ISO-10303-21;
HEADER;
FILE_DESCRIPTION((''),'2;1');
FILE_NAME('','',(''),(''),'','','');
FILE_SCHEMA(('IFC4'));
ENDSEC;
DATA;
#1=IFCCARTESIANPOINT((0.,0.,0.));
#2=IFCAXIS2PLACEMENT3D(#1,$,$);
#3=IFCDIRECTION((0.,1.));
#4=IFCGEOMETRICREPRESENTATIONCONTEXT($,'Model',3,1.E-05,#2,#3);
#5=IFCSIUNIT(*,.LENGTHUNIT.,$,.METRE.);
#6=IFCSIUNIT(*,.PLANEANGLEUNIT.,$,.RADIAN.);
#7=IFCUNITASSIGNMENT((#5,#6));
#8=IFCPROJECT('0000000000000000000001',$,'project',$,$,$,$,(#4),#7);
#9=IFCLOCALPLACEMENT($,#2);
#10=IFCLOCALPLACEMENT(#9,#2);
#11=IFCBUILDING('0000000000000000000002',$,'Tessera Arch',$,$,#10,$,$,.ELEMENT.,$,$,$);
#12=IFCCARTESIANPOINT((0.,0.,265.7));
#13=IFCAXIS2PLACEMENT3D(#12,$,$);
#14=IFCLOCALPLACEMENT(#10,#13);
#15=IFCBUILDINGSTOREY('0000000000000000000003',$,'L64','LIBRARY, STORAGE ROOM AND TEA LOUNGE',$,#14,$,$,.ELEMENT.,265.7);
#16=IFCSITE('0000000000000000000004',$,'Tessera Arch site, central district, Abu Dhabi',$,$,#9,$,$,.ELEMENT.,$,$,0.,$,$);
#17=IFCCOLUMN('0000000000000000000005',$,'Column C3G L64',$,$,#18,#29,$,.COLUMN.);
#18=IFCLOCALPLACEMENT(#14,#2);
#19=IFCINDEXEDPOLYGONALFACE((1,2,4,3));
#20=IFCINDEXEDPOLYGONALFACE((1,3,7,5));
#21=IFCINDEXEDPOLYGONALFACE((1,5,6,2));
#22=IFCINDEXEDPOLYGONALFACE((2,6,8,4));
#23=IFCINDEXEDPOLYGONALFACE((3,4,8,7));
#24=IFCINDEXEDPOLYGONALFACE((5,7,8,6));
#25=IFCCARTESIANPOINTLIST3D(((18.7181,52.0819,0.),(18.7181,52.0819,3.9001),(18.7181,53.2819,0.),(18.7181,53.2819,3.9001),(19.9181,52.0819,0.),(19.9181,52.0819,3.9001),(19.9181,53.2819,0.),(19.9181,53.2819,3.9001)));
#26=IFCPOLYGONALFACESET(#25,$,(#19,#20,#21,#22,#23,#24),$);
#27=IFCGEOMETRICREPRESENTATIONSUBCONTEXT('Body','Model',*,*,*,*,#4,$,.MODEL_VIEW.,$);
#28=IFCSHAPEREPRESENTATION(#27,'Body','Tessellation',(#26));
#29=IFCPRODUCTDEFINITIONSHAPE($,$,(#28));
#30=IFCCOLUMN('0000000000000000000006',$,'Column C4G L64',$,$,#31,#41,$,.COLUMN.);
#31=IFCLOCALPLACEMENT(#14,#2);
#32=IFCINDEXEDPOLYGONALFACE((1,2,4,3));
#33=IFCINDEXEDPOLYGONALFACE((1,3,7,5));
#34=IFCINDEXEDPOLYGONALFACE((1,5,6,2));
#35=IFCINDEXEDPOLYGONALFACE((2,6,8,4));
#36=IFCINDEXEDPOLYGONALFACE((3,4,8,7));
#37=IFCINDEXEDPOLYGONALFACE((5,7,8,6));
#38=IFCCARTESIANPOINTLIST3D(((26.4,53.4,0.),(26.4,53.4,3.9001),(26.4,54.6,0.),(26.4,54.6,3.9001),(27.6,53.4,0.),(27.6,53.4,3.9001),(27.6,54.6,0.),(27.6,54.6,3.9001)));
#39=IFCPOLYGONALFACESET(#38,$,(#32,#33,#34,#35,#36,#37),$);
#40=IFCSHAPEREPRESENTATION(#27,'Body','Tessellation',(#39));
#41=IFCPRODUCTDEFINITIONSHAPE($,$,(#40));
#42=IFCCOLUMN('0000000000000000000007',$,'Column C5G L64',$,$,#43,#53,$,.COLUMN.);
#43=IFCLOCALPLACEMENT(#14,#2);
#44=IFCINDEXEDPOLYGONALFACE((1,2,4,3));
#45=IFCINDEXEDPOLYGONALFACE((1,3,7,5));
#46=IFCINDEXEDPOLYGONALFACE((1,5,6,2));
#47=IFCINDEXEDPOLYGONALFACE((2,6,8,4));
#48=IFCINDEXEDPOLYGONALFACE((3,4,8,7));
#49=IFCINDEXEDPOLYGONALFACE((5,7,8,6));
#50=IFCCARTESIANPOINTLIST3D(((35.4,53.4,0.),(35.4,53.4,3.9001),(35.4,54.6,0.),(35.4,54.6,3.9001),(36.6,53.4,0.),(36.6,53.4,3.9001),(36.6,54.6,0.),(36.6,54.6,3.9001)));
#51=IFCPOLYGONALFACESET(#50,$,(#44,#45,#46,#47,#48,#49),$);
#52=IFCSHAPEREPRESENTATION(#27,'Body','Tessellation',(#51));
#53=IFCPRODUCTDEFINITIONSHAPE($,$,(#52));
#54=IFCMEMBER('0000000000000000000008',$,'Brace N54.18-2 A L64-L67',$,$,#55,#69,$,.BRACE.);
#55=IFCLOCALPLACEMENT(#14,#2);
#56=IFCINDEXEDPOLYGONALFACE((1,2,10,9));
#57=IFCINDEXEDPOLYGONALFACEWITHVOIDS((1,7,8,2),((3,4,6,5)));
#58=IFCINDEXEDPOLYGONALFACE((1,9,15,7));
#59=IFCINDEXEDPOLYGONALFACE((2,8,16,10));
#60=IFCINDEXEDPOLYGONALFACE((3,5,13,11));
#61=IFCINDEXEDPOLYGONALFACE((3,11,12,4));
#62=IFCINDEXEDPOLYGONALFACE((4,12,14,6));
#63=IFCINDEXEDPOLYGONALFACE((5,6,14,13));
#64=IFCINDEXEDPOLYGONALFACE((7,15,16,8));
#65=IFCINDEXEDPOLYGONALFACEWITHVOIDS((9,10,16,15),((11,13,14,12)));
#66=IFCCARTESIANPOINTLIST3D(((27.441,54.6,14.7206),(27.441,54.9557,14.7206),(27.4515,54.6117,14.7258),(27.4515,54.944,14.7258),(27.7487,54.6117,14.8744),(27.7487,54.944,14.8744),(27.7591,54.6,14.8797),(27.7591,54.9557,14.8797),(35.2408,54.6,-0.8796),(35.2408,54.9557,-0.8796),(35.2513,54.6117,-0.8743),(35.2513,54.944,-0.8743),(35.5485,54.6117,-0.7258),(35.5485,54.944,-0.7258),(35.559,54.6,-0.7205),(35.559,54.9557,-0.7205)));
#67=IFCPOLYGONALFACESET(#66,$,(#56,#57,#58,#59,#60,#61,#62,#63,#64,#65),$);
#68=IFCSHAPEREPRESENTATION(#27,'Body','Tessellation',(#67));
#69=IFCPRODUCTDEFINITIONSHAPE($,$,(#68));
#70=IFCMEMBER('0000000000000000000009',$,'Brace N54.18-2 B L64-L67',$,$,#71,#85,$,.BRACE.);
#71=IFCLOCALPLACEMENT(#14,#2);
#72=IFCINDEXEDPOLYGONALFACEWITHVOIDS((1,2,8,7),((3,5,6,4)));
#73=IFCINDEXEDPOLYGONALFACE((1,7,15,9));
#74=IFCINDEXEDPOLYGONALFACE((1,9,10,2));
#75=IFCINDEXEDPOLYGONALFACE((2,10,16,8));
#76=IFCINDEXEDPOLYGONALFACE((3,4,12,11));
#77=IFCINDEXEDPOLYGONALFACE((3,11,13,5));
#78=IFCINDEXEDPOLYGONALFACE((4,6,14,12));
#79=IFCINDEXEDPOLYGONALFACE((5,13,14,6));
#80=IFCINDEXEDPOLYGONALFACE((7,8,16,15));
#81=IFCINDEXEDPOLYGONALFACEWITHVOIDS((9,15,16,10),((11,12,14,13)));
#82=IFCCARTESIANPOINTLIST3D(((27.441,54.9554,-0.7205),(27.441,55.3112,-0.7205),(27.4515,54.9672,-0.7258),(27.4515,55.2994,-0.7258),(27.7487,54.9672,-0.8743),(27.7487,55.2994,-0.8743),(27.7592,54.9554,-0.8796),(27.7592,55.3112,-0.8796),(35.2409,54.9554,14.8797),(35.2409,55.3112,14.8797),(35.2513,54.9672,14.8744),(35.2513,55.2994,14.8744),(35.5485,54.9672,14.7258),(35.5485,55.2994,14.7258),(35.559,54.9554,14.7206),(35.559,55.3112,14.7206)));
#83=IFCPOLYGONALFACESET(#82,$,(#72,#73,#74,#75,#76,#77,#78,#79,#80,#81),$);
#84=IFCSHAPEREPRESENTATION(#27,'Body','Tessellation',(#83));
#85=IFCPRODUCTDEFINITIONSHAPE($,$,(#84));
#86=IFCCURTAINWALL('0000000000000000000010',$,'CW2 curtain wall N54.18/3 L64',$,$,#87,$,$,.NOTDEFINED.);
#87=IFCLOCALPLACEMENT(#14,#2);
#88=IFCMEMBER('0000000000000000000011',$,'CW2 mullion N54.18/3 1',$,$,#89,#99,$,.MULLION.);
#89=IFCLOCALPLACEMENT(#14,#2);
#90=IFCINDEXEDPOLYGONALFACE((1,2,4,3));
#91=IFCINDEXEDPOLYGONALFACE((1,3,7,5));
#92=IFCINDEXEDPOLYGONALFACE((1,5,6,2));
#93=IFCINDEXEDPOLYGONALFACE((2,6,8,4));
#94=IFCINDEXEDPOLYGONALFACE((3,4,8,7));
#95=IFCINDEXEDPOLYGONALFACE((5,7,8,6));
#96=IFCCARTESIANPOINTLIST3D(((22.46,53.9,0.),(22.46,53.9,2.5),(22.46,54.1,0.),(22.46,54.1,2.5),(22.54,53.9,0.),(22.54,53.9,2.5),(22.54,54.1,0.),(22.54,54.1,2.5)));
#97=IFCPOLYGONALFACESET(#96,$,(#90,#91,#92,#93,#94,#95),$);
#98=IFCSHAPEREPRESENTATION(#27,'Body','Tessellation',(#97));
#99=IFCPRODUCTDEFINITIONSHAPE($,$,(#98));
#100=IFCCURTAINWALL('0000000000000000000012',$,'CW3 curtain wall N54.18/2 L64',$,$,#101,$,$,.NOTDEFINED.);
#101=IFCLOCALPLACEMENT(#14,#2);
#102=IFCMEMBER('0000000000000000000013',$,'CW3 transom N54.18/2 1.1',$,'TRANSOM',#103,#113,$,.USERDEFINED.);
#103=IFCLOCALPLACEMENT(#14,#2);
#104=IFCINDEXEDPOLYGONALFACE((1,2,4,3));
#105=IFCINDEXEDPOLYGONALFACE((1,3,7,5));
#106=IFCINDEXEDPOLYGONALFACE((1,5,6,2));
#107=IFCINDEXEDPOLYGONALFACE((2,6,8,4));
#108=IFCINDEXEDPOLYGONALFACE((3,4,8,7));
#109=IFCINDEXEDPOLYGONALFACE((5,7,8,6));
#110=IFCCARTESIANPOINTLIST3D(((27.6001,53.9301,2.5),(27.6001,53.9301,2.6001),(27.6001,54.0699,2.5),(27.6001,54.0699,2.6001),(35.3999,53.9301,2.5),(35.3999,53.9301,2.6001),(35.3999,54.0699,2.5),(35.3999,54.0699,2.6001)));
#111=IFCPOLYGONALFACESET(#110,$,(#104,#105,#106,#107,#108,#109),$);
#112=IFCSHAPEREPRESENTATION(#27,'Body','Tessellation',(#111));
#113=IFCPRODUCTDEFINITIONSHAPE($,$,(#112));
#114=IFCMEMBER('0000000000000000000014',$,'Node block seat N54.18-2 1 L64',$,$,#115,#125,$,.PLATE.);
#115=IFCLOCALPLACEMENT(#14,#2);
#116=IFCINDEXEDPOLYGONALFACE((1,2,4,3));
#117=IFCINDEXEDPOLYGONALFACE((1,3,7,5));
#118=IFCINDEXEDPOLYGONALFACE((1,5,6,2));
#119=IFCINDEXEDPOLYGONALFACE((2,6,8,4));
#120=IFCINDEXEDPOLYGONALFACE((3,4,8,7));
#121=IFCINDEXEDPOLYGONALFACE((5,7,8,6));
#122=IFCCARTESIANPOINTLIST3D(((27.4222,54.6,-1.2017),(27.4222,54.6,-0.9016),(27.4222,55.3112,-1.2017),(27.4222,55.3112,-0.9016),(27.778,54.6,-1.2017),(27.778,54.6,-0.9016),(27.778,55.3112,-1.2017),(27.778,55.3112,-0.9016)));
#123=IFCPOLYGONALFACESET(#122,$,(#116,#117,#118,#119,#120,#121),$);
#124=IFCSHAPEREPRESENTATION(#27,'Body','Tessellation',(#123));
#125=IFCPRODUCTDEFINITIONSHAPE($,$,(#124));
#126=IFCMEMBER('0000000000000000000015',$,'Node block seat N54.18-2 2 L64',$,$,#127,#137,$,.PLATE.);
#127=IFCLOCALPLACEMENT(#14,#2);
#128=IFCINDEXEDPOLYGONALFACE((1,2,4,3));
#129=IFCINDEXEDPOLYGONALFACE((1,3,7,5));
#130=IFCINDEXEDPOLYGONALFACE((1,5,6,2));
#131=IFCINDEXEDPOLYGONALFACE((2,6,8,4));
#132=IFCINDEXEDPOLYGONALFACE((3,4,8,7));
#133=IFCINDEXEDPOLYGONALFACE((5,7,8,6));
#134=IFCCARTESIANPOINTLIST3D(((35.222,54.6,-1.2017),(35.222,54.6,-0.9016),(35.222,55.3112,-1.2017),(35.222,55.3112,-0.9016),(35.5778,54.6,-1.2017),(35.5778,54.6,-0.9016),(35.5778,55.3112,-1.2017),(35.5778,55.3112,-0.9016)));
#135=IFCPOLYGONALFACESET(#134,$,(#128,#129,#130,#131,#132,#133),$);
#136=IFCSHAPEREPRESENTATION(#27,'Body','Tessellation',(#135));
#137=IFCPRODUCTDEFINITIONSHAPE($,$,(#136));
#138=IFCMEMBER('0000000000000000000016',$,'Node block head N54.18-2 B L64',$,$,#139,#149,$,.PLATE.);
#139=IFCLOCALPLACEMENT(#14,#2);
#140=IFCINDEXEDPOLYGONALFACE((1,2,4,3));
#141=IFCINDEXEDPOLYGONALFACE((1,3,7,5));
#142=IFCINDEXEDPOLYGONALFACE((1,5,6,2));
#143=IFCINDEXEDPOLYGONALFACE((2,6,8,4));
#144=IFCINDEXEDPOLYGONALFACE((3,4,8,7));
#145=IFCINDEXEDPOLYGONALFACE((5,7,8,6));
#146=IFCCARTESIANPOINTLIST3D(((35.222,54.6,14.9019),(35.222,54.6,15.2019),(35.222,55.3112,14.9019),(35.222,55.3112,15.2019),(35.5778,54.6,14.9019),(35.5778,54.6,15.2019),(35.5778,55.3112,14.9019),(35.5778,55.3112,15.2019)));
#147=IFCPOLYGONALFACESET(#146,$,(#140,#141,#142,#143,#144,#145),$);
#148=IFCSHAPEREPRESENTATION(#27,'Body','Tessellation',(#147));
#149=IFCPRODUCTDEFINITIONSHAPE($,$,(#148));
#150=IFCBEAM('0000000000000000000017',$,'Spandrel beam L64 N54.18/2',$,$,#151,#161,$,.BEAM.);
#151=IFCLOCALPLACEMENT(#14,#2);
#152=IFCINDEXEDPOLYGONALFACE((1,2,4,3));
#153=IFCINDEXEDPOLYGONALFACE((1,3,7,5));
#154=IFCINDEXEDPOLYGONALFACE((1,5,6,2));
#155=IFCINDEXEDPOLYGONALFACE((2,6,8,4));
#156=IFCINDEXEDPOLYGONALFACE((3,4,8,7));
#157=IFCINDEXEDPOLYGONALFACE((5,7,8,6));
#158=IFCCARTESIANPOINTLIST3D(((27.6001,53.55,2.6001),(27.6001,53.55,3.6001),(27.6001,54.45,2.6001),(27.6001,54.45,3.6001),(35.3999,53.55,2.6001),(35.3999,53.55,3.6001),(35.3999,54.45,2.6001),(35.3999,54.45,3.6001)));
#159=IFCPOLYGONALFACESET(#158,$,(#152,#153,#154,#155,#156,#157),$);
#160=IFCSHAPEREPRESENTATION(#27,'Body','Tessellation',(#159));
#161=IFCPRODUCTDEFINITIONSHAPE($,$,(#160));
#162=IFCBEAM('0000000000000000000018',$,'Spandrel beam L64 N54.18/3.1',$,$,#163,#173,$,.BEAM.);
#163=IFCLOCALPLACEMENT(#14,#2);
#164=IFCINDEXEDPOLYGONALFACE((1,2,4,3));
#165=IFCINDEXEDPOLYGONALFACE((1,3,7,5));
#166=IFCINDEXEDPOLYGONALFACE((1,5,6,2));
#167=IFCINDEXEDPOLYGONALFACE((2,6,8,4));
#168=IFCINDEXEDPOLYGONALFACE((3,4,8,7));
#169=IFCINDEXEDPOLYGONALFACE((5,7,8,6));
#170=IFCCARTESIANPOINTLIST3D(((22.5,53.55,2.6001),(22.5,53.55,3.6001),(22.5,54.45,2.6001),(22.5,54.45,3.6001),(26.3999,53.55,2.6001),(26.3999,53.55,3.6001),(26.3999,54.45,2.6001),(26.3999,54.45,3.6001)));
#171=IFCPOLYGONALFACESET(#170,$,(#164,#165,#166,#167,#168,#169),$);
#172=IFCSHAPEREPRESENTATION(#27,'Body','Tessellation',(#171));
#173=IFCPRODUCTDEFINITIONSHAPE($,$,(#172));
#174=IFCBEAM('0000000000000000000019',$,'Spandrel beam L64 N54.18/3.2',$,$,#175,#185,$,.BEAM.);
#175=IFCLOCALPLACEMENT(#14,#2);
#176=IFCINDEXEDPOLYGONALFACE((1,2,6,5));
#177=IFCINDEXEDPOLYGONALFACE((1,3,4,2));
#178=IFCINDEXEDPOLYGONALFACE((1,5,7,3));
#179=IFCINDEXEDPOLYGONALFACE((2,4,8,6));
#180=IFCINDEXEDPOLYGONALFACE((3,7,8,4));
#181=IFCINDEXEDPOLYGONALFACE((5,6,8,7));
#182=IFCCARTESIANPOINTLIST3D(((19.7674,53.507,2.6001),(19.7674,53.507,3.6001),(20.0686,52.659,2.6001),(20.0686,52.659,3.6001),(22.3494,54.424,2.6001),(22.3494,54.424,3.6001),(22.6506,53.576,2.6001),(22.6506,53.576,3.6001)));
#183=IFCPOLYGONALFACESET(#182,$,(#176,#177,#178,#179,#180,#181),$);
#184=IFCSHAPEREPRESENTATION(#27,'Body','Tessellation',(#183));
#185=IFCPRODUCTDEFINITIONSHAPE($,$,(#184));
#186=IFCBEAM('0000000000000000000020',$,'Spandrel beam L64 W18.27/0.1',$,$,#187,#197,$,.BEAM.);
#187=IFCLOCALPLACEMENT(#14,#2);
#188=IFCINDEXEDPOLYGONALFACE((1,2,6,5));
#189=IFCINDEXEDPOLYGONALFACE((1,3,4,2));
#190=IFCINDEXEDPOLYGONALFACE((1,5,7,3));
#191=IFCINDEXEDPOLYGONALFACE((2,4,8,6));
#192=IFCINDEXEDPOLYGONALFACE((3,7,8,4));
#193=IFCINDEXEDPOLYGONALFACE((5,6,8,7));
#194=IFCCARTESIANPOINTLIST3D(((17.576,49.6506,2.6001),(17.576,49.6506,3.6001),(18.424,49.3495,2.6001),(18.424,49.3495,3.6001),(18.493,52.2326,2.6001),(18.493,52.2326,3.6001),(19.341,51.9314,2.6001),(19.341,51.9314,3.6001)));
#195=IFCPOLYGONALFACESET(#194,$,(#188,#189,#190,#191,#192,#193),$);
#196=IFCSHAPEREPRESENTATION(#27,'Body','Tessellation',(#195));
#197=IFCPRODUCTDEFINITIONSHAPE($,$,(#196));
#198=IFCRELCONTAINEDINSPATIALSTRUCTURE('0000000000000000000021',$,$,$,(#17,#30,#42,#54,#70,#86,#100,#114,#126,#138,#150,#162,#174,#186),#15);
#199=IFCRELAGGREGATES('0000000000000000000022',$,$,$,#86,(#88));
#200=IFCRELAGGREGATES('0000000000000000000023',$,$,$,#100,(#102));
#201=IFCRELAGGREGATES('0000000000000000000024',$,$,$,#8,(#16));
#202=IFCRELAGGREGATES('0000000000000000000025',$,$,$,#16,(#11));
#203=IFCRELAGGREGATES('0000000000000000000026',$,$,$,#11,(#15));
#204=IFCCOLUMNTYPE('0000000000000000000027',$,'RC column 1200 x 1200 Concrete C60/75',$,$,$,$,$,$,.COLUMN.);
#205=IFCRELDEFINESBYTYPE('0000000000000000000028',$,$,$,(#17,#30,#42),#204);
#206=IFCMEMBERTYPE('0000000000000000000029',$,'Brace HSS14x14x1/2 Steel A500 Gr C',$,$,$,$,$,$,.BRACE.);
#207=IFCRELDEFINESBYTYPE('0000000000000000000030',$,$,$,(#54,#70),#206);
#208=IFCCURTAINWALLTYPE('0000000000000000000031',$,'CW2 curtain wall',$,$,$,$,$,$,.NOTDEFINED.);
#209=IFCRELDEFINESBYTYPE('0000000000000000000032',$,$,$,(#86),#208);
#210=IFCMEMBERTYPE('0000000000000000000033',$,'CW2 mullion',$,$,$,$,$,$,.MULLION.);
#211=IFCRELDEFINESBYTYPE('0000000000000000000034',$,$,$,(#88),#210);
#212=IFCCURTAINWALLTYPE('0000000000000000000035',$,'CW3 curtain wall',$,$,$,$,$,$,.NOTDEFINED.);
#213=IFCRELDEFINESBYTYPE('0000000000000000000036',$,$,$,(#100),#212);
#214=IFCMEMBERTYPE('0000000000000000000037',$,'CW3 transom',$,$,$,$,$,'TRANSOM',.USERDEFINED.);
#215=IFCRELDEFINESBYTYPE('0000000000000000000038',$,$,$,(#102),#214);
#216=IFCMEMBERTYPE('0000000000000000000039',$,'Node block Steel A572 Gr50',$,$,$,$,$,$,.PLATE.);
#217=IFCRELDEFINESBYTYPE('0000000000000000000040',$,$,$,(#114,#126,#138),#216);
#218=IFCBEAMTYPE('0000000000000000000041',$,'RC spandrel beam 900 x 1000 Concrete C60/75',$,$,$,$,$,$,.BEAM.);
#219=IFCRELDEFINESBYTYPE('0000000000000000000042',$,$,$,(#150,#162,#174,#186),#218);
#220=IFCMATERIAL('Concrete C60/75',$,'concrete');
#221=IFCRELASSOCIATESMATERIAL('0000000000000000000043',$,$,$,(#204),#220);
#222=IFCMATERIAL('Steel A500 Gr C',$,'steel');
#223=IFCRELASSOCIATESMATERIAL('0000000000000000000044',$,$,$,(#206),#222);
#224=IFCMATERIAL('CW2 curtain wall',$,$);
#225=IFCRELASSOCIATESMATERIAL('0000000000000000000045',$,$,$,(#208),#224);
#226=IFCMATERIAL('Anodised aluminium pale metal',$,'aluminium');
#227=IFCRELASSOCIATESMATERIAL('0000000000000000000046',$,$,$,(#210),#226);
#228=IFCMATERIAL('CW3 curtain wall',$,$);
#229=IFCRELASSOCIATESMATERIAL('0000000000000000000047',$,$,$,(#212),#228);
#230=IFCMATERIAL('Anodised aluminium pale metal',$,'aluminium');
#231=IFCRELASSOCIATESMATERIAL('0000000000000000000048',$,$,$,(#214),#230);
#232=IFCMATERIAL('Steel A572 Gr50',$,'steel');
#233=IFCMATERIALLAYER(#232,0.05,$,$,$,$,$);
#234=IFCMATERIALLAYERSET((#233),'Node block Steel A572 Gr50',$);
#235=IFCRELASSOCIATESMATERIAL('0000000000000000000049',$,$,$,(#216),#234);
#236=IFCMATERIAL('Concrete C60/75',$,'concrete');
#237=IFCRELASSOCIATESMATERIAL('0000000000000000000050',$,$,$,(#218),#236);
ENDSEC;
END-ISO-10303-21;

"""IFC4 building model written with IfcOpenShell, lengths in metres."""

from ifc_helpers import new_model, si_unit, direction, frame, origin, origin_2d, place, context, subcontext, project, spatial, rectangle, hollow_rectangle, extrude, material, layer, layer_set, material_profile, profile_set, type_object, element, aggregate, save


model = new_model("IFC4")

# Units and contexts
model_context = context("Model", 3, precision=1e-05, world=origin(), true_north=direction((0.0, 1.0)))
body_context = subcontext(model_context, "Body", "Model", "MODEL_VIEW")
ifc_project = project(units=[si_unit("LENGTHUNIT", "METRE"), si_unit("PLANEANGLEUNIT", "RADIAN")], contexts=[model_context])

# Site, building, storey
site_placement = place(None, origin())
site = spatial("IfcSite", under=ifc_project, at=site_placement, Name="Tessera Arch site, central district, Abu Dhabi", CompositionType="ELEMENT", RefElevation=0.0)
building_placement = place(site_placement, origin())
building = spatial("IfcBuilding", under=site, at=building_placement, Name="Tessera Arch", CompositionType="ELEMENT")
storey_placement = place(building_placement, frame((0.0, 0.0, 265.7)))
storey = spatial("IfcBuildingStorey", under=building, at=storey_placement, Name="L64", Description="LIBRARY, STORAGE ROOM AND TEA LOUNGE", CompositionType="ELEMENT", Elevation=265.7)

# Columns
ifc_material_1 = material(Name="Concrete C60/75", Category="concrete")
ifc_material_profile_1 = material_profile(ifc_material_1, rectangle(XDim=1.2, YDim=1.2, at=origin_2d()), Name="RC column 1200 x 1200 Concrete C60/75")
ifc_profile_set_1 = profile_set([ifc_material_profile_1], Name="Concrete C60/75")
column_type = type_object("IfcColumnType", Name="RC column 1200 x 1200 Concrete C60/75", PredefinedType="COLUMN", material=ifc_profile_set_1)
for number, where, z_axis, x_axis, name in (
    (1, (19.3181, 52.6819, 0.0), (0.0, 0.0, 1.0), (1.0, 0.0, 0.0), "Column C3G L64"),
    (2, (27.0, 54.0, 0.0), (0.0, 0.0, 1.0), (1.0, 0.0, 0.0), "Column C4G L64"),
    (3, (36.0, 54.0, 0.0), (0.0, 0.0, 1.0), (1.0, 0.0, 0.0), "Column C5G L64"),
):
    element("IfcColumn", number, at=place(storey_placement, frame(where, z_axis=z_axis, x_axis=x_axis)), inside=storey, type_object=column_type, Name=name, PredefinedType="COLUMN", context=body_context, shape_type="SweptSolid", body=[
        extrude(rectangle(XDim=1.2, YDim=1.2, at=origin_2d()), origin(), (0.0, 0.0, 1.0), 3.9001),
    ])

# Members
ifc_material_2 = material(Name="Steel A500 Gr C", Category="steel")
ifc_material_profile_2 = material_profile(ifc_material_2, hollow_rectangle(XDim=0.3557, YDim=0.3557, WallThickness=0.0117, at=origin_2d()), Name="HSS14x14x1/2")
ifc_profile_set_2 = profile_set([ifc_material_profile_2], Name="Steel A500 Gr C")
member_type_1 = type_object("IfcMemberType", Name="Brace HSS14x14x1/2 Steel A500 Gr C", PredefinedType="BRACE", material=ifc_profile_set_2)
for number, where, z_axis, x_axis, name in (
    (4, (35.3999, 54.7778, -0.8), (-0.447202, 0.0, 0.894433), (0.0, -1.0, 0.0), "Brace N54.18-2 A L64-L67"),
    (5, (27.6001, 55.1333, -0.8), (0.447202, 0.0, 0.894433), (0.0, 1.0, 0.0), "Brace N54.18-2 B L64-L67"),
):
    element("IfcMember", number, at=place(storey_placement, frame(where, z_axis=z_axis, x_axis=x_axis)), inside=storey, type_object=member_type_1, Name=name, PredefinedType="BRACE", context=body_context, shape_type="SweptSolid", body=[
        extrude(hollow_rectangle(XDim=0.3557, YDim=0.3557, WallThickness=0.0117, at=origin_2d()), origin(), (0.0, 0.0, 1.0), 17.4414),
    ])

# Curtain walls, members
ifc_material_3 = material(Name="CW2 curtain wall")
curtain_wall_type_1 = type_object("IfcCurtainWallType", Name="CW2 curtain wall", PredefinedType="NOTDEFINED", material=ifc_material_3)
curtain_wall_1_placement = place(storey_placement, origin())
curtain_wall_1 = element("IfcCurtainWall", 6, at=curtain_wall_1_placement, inside=storey, type_object=curtain_wall_type_1, Name="CW2 curtain wall N54.18/3 L64", PredefinedType="NOTDEFINED")
ifc_material_4 = material(Name="Anodised aluminium pale metal", Category="aluminium")
ifc_material_profile_3 = material_profile(ifc_material_4, rectangle(XDim=0.2, YDim=0.0801, at=origin_2d()), Name="AL 80x200")
ifc_profile_set_3 = profile_set([ifc_material_profile_3], Name="Anodised aluminium pale metal")
member_type_2 = type_object("IfcMemberType", Name="CW2 mullion", PredefinedType="MULLION", material=ifc_profile_set_3)
member_1_placement = place(storey_placement, frame((22.5, 54.0, 0.0), z_axis=(0.0, 0.0, 1.0), x_axis=(0.0, -1.0, 0.0)))
member_1 = element("IfcMember", 7, at=member_1_placement, type_object=member_type_2, Name="CW2 mullion N54.18/3 1", PredefinedType="MULLION", context=body_context, shape_type="SweptSolid", body=[
    extrude(rectangle(XDim=0.2, YDim=0.0801, at=origin_2d()), origin(), (0.0, 0.0, 1.0), 2.5),
])
ifc_material_5 = material(Name="CW3 curtain wall")
curtain_wall_type_2 = type_object("IfcCurtainWallType", Name="CW3 curtain wall", PredefinedType="NOTDEFINED", material=ifc_material_5)
curtain_wall_2_placement = place(storey_placement, origin())
curtain_wall_2 = element("IfcCurtainWall", 8, at=curtain_wall_2_placement, inside=storey, type_object=curtain_wall_type_2, Name="CW3 curtain wall N54.18/2 L64", PredefinedType="NOTDEFINED")
ifc_material_6 = material(Name="Anodised aluminium pale metal", Category="aluminium")
ifc_material_profile_4 = material_profile(ifc_material_6, rectangle(XDim=0.1399, YDim=0.1001, at=origin_2d()), Name="AL 140x100")
ifc_profile_set_4 = profile_set([ifc_material_profile_4], Name="Anodised aluminium pale metal")
member_type_3 = type_object("IfcMemberType", Name="CW3 transom", ElementType="TRANSOM", PredefinedType="USERDEFINED", material=ifc_profile_set_4)
member_2_placement = place(storey_placement, frame((35.3999, 54.0, 2.55), z_axis=(-1.0, 0.0, 0.0), x_axis=(0.0, -1.0, 0.0)))
member_2 = element("IfcMember", 9, at=member_2_placement, type_object=member_type_3, Name="CW3 transom N54.18/2 1.1", ObjectType="TRANSOM", PredefinedType="USERDEFINED", context=body_context, shape_type="SweptSolid", body=[
    extrude(rectangle(XDim=0.1399, YDim=0.1001, at=origin_2d()), origin(), (0.0, 0.0, 1.0), 7.7998),
])

# Members
ifc_material_7 = material(Name="Steel A572 Gr50", Category="steel")
ifc_layer_1 = layer(ifc_material_7, 0.05)
ifc_layer_set_1 = layer_set([ifc_layer_1], Name="Node block Steel A572 Gr50")
member_type_4 = type_object("IfcMemberType", Name="Node block Steel A572 Gr50", PredefinedType="PLATE", material=ifc_layer_set_1)
for number, where, z_axis, x_axis, name in (
    (10, (27.6001, 54.9556, -1.2017), (0.0, 0.0, 1.0), (-1.0, 0.0, 0.0), "Node block seat N54.18-2 1 L64"),
    (11, (35.3999, 54.9556, -1.2017), (0.0, 0.0, 1.0), (-1.0, 0.0, 0.0), "Node block seat N54.18-2 2 L64"),
    (12, (35.3999, 54.9556, 14.9019), (0.0, 0.0, 1.0), (-1.0, 0.0, 0.0), "Node block head N54.18-2 B L64"),
):
    element("IfcMember", number, at=place(storey_placement, frame(where, z_axis=z_axis, x_axis=x_axis)), inside=storey, type_object=member_type_4, Name=name, PredefinedType="PLATE", context=body_context, shape_type="SweptSolid", body=[
        extrude(rectangle(XDim=0.3557, YDim=0.7112, at=origin_2d()), origin(), (0.0, 0.0, 1.0), 0.3),
    ])

# Beams
ifc_material_8 = material(Name="Concrete C60/75", Category="concrete")
ifc_material_profile_5 = material_profile(ifc_material_8, rectangle(XDim=0.8999, YDim=1.0, at=origin_2d()), Name="RC spandrel beam 900 x 1000 Concrete C60/75")
ifc_profile_set_5 = profile_set([ifc_material_profile_5], Name="Concrete C60/75")
beam_type = type_object("IfcBeamType", Name="RC spandrel beam 900 x 1000 Concrete C60/75", PredefinedType="BEAM", material=ifc_profile_set_5)
beam_1_placement = place(storey_placement, frame((35.3999, 54.0, 3.1001), z_axis=(-1.0, 0.0, 0.0), x_axis=(0.0, -1.0, 0.0)))
element("IfcBeam", 13, at=beam_1_placement, inside=storey, type_object=beam_type, Name="Spandrel beam L64 N54.18/2", PredefinedType="BEAM", context=body_context, shape_type="SweptSolid", body=[
    extrude(rectangle(XDim=0.8999, YDim=1.0, at=origin_2d()), origin(), (0.0, 0.0, 1.0), 7.7998),
])
beam_2_placement = place(storey_placement, frame((26.3999, 54.0, 3.1001), z_axis=(-1.0, 0.0, 0.0), x_axis=(0.0, -1.0, 0.0)))
element("IfcBeam", 14, at=beam_2_placement, inside=storey, type_object=beam_type, Name="Spandrel beam L64 N54.18/3.1", PredefinedType="BEAM", context=body_context, shape_type="SweptSolid", body=[
    extrude(rectangle(XDim=0.8999, YDim=1.0, at=origin_2d()), origin(), (0.0, 0.0, 1.0), 3.8999),
])
for number, where, z_axis, x_axis, name in (
    (15, (22.5, 54.0, 3.1001), (-0.942337, -0.334665, 0.0), (0.334665, -0.942337, 0.0), "Spandrel beam L64 N54.18/3.2"),
    (16, (18.917, 52.082, 3.1001), (-0.334665, -0.942337, 0.0), (0.942337, -0.334665, 0.0), "Spandrel beam L64 W18.27/0.1"),
):
    element("IfcBeam", number, at=place(storey_placement, frame(where, z_axis=z_axis, x_axis=x_axis)), inside=storey, type_object=beam_type, Name=name, PredefinedType="BEAM", context=body_context, shape_type="SweptSolid", body=[
        extrude(rectangle(XDim=0.8999, YDim=1.0, at=origin_2d()), origin(), (0.0, 0.0, 1.0), 2.74),
    ])

aggregate(curtain_wall_1, [member_1])
aggregate(curtain_wall_2, [member_2])

save(model, "model.ifc")
